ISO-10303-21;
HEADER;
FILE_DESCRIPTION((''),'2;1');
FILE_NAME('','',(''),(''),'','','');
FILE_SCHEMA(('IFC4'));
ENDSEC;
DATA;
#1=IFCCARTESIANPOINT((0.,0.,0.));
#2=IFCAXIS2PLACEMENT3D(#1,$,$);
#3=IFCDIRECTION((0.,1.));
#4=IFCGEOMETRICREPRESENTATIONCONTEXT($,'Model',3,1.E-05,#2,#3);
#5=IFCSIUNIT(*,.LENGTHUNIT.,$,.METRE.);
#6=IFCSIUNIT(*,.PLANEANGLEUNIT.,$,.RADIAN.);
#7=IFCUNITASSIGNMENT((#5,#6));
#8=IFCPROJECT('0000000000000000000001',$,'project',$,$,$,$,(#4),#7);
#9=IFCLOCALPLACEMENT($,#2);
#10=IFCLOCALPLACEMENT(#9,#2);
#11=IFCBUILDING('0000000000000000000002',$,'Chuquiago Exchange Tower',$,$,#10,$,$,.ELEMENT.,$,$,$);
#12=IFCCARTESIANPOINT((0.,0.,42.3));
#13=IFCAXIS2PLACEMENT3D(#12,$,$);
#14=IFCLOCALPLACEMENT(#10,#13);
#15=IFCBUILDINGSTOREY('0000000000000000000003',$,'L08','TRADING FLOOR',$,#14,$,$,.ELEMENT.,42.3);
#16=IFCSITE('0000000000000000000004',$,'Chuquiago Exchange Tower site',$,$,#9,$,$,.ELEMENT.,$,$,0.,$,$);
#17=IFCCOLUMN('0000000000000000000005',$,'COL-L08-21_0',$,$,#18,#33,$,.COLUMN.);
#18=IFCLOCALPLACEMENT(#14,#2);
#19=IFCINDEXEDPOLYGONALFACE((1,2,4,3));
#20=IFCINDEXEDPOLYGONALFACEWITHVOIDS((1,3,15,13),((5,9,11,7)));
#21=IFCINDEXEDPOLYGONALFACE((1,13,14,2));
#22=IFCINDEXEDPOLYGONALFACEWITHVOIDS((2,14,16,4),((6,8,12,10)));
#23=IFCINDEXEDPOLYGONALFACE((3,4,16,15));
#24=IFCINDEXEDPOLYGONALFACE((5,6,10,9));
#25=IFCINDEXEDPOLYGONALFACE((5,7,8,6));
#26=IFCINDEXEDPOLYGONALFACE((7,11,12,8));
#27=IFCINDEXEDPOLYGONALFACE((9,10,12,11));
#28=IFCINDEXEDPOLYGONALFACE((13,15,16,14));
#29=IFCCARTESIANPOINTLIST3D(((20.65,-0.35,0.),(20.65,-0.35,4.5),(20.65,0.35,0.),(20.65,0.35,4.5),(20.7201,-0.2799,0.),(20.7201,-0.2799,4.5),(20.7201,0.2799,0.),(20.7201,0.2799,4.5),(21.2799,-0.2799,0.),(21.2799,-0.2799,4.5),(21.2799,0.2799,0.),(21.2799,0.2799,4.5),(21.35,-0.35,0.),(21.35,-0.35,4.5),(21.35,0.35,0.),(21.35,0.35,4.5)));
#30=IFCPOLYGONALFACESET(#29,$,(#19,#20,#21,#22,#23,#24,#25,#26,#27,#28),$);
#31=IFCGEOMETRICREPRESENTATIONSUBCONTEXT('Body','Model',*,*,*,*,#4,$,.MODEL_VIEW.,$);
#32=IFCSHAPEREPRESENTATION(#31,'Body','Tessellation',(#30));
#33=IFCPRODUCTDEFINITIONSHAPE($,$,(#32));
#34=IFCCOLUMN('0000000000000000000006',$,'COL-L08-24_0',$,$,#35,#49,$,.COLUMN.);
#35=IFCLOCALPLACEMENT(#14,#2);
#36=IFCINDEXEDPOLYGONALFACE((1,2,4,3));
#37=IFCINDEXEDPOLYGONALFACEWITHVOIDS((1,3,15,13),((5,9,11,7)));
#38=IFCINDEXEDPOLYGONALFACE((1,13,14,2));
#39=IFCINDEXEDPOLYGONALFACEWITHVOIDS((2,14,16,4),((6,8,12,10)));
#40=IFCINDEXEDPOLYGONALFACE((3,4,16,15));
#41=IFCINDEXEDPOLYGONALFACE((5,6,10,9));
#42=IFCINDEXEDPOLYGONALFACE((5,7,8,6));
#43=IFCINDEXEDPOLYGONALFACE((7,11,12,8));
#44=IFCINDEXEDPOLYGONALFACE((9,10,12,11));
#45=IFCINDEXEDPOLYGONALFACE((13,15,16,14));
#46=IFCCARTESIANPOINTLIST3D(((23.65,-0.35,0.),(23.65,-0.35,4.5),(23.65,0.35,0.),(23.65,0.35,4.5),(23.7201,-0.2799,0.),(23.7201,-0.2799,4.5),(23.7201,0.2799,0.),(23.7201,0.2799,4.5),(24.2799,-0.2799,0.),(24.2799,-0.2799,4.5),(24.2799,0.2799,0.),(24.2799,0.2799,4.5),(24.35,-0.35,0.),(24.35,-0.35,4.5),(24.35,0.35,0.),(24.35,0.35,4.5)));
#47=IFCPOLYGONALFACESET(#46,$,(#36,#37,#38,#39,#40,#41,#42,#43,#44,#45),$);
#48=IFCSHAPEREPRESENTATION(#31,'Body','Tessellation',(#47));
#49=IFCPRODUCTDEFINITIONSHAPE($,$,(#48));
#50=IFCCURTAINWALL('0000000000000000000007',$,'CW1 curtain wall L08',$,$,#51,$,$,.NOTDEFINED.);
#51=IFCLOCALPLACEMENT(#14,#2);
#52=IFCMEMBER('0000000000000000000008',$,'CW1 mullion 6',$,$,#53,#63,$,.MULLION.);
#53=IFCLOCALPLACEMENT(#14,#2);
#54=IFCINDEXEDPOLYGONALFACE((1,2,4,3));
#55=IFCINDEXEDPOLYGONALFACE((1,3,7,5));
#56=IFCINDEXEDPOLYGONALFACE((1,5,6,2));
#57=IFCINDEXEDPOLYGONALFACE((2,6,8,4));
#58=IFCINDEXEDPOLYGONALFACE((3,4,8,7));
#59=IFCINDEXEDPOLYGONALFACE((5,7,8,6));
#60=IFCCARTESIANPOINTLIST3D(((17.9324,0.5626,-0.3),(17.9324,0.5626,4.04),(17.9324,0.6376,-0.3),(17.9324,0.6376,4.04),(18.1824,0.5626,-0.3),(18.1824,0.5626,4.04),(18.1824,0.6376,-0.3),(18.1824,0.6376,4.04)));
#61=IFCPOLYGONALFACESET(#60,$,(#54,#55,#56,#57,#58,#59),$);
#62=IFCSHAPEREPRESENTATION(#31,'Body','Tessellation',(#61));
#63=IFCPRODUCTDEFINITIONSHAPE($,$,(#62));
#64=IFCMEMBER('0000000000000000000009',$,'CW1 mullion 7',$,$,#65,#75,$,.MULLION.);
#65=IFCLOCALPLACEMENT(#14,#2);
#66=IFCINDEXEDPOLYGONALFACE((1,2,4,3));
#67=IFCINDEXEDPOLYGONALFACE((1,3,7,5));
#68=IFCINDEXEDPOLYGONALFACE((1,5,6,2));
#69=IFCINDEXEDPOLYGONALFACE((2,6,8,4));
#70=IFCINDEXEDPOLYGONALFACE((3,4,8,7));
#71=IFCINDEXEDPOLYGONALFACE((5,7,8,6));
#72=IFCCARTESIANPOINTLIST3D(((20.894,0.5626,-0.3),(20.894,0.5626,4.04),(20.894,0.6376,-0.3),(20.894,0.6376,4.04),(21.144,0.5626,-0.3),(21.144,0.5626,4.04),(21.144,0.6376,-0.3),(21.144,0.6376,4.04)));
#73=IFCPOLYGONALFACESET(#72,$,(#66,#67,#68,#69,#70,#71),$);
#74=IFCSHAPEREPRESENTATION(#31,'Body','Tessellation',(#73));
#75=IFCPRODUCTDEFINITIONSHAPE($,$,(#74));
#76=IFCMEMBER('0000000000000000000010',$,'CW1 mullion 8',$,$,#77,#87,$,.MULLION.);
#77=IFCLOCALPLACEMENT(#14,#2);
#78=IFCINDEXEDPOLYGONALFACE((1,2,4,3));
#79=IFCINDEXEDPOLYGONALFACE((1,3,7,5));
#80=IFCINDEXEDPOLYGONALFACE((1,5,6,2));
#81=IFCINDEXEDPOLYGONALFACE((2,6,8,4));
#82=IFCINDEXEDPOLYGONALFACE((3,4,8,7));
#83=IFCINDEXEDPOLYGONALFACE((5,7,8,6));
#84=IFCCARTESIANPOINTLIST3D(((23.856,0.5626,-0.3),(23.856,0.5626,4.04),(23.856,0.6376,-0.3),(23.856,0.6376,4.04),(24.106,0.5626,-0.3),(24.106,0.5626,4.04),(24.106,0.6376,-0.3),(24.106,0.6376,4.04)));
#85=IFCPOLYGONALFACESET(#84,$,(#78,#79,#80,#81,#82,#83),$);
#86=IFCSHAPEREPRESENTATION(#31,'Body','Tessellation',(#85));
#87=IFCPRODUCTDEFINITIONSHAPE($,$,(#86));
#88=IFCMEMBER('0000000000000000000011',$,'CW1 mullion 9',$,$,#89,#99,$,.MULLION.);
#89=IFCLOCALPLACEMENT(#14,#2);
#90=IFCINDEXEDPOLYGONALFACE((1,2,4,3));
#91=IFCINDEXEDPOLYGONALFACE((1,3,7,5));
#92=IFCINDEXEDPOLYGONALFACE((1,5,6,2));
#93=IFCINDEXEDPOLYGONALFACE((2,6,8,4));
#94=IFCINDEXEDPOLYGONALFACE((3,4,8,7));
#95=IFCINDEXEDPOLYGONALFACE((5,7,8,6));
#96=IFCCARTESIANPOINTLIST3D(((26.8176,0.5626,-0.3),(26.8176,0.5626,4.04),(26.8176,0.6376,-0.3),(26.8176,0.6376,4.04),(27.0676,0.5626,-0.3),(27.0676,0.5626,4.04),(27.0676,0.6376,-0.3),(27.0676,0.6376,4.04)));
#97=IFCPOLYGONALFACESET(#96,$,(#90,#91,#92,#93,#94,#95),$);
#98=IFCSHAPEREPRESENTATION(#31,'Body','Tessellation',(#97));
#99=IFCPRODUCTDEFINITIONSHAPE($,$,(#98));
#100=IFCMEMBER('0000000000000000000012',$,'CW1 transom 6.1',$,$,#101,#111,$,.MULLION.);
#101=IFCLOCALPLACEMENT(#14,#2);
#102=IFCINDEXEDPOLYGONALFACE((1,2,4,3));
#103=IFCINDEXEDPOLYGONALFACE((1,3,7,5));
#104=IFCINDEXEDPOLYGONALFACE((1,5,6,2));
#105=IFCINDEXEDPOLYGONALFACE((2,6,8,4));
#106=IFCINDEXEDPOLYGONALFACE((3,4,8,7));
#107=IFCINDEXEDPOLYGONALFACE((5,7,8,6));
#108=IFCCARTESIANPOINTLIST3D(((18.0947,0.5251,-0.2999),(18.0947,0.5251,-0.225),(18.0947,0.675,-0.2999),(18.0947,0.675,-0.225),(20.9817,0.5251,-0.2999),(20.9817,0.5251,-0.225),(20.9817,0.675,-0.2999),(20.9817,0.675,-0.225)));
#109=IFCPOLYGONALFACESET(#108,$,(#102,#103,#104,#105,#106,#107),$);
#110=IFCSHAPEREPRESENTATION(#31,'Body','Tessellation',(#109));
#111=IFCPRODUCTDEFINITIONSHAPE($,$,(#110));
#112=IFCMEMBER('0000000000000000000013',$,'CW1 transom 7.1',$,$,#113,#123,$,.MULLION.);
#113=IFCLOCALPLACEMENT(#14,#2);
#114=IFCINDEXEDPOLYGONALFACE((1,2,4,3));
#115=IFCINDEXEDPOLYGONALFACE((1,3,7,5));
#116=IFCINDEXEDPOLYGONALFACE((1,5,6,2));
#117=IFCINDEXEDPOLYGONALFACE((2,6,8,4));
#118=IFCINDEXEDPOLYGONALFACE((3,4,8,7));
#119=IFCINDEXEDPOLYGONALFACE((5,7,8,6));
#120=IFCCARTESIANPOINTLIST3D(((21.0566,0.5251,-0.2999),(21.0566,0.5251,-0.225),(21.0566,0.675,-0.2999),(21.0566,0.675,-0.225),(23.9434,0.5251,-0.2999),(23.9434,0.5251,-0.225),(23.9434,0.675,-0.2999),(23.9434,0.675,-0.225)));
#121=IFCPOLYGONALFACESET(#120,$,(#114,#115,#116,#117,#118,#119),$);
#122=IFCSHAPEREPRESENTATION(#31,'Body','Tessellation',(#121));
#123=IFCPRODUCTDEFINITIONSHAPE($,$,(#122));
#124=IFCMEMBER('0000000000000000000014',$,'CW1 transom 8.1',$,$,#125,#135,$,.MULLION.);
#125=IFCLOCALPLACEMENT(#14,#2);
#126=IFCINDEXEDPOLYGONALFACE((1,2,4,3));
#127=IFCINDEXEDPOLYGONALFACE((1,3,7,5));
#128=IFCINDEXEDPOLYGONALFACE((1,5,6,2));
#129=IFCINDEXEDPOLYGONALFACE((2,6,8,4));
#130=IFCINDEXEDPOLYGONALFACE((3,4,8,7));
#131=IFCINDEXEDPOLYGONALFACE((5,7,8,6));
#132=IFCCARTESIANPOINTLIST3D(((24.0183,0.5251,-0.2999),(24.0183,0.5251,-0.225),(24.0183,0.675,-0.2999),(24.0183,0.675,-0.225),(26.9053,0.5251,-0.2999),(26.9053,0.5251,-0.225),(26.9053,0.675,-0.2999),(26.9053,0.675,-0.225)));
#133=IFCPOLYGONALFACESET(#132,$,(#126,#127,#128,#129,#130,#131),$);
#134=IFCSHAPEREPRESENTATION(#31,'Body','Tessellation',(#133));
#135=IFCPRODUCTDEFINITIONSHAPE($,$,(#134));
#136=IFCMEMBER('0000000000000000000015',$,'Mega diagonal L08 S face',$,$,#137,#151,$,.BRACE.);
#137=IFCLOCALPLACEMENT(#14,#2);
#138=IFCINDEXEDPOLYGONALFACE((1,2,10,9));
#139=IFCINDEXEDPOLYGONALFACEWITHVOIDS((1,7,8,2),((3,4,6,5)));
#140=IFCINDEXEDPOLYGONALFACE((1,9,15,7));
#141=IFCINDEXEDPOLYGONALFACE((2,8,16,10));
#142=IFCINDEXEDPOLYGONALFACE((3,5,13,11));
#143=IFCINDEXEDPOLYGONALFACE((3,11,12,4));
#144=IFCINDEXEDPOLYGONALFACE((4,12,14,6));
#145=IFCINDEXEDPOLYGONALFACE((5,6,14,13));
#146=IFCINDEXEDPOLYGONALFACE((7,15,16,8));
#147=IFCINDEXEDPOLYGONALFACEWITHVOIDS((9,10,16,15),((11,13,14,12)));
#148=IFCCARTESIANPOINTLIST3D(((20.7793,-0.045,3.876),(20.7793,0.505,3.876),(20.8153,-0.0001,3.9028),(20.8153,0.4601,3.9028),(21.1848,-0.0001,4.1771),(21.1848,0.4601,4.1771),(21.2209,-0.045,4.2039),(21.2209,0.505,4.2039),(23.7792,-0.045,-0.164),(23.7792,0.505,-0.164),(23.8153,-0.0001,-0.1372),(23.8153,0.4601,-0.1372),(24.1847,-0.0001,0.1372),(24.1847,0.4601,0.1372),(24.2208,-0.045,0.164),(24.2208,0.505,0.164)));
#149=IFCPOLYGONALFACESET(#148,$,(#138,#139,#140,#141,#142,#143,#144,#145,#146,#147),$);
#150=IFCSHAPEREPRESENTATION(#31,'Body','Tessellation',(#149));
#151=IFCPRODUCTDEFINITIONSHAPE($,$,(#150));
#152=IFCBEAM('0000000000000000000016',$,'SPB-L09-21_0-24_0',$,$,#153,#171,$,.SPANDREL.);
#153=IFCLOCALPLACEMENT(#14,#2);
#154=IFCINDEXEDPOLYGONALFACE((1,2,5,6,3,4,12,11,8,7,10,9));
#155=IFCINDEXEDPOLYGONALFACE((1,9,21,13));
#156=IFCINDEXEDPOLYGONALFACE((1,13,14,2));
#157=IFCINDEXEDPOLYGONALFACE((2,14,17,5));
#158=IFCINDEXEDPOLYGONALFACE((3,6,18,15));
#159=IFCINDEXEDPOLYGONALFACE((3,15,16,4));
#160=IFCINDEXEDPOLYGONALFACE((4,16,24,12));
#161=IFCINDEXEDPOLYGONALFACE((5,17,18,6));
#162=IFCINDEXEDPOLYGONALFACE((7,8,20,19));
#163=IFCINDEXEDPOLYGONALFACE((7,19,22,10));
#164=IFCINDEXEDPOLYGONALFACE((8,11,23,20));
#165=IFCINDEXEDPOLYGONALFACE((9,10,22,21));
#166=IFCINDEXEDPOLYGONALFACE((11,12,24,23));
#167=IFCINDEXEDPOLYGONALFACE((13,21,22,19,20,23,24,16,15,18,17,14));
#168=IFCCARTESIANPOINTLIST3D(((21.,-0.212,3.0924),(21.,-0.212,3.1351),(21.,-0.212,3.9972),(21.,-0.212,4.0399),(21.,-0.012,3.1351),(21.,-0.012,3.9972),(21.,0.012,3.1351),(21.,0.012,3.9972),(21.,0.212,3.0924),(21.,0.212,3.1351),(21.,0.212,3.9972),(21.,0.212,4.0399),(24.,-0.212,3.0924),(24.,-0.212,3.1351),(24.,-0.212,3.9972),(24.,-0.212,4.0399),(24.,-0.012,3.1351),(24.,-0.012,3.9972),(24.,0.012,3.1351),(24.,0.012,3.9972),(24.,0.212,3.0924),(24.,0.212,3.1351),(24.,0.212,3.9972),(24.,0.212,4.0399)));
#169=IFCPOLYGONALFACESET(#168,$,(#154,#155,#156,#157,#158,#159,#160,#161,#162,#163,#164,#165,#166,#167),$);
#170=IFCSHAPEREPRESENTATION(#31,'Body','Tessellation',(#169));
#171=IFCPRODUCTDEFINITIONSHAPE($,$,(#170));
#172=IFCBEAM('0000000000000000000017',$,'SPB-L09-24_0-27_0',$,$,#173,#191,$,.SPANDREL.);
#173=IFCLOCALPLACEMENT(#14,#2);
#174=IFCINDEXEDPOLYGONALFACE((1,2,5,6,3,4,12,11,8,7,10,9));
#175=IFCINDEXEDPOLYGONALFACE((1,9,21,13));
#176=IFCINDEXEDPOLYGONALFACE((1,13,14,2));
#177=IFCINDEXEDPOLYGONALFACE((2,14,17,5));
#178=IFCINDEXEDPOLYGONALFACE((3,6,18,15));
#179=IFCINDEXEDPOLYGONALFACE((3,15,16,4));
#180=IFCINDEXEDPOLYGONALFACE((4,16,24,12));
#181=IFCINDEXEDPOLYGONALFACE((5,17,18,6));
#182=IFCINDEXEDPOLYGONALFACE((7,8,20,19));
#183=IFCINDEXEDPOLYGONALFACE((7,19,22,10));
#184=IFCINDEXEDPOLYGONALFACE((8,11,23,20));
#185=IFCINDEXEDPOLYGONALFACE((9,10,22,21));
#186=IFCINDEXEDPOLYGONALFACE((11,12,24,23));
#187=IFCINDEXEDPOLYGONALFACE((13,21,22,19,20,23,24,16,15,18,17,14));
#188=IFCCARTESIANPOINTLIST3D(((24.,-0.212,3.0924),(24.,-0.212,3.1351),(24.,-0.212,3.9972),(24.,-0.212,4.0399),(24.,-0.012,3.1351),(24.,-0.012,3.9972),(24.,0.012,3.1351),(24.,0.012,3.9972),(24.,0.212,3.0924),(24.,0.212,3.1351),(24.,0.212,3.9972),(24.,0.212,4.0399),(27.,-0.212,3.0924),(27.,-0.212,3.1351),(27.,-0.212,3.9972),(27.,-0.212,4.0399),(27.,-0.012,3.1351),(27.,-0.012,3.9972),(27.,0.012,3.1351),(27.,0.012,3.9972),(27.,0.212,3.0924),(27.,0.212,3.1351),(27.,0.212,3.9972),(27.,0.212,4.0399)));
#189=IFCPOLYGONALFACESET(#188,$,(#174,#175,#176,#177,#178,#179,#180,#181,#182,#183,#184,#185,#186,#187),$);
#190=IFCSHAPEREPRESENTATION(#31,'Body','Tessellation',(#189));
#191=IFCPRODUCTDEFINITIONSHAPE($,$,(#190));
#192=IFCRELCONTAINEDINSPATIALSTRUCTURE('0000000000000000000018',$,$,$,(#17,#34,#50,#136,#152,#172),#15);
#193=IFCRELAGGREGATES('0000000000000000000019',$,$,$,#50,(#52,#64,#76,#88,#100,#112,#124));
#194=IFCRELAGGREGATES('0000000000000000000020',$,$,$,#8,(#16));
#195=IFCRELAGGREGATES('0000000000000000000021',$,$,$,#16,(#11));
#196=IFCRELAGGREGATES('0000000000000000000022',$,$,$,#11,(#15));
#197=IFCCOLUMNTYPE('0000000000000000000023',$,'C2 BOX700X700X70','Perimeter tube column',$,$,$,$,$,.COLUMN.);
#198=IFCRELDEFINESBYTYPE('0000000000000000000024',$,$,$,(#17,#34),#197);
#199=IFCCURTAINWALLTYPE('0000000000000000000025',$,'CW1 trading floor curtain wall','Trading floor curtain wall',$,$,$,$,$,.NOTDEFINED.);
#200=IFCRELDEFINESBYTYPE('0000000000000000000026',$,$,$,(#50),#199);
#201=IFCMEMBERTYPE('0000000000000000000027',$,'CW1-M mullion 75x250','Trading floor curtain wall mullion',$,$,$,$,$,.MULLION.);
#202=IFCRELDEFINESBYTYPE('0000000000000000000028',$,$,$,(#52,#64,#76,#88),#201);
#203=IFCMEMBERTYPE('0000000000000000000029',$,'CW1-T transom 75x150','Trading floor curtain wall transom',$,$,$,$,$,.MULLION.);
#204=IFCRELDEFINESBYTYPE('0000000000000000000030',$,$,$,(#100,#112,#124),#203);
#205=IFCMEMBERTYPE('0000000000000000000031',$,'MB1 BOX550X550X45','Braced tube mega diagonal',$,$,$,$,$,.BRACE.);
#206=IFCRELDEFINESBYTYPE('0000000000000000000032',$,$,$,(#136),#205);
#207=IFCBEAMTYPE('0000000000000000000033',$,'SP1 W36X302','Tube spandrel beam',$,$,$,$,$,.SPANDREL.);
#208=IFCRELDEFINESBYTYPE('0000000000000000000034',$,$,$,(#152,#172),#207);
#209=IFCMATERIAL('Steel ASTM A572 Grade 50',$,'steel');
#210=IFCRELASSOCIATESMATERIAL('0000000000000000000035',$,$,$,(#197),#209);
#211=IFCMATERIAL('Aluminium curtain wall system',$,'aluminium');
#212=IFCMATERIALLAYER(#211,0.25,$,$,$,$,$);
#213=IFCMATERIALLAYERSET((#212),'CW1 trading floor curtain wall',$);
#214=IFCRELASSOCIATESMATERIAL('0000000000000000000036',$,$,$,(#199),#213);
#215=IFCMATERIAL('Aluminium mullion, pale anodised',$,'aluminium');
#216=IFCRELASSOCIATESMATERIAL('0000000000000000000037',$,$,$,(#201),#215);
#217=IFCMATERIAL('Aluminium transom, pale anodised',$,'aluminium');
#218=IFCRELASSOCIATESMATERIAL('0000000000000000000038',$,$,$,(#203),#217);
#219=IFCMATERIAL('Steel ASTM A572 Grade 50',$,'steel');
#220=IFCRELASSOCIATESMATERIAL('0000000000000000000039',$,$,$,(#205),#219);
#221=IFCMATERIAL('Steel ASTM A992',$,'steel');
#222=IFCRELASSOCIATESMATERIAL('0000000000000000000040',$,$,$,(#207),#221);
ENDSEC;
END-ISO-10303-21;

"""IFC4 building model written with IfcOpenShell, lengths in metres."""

from ifc_helpers import new_model, si_unit, direction, frame, origin, origin_2d, place, context, subcontext, project, spatial, rectangle, hollow_rectangle, i_section, extrude, material, layer, layer_set, material_profile, profile_set, type_object, element, aggregate, save


model = new_model("IFC4")

# Units and contexts
model_context = context("Model", 3, precision=1e-05, world=origin(), true_north=direction((0.0, 1.0)))
body_context = subcontext(model_context, "Body", "Model", "MODEL_VIEW")
ifc_project = project(units=[si_unit("LENGTHUNIT", "METRE"), si_unit("PLANEANGLEUNIT", "RADIAN")], contexts=[model_context])

# Site, building, storey
site_placement = place(None, origin())
site = spatial("IfcSite", under=ifc_project, at=site_placement, Name="Chuquiago Exchange Tower site", CompositionType="ELEMENT", RefElevation=0.0)
building_placement = place(site_placement, origin())
building = spatial("IfcBuilding", under=site, at=building_placement, Name="Chuquiago Exchange Tower", CompositionType="ELEMENT")
storey_placement = place(building_placement, frame((0.0, 0.0, 42.3)))
storey = spatial("IfcBuildingStorey", under=building, at=storey_placement, Name="L08", Description="TRADING FLOOR", CompositionType="ELEMENT", Elevation=42.3)

# Columns
ifc_material_1 = material(Name="Steel ASTM A572 Grade 50", Category="steel")
ifc_material_profile_1 = material_profile(ifc_material_1, hollow_rectangle(XDim=0.7, YDim=0.7, WallThickness=0.0701, at=origin_2d()), Name="BOX700X700X70")
ifc_profile_set_1 = profile_set([ifc_material_profile_1], Name="Steel ASTM A572 Grade 50")
column_type = type_object("IfcColumnType", Name="C2 BOX700X700X70", Description="Perimeter tube column", PredefinedType="COLUMN", material=ifc_profile_set_1)
for number, where, z_axis, x_axis, name in (
    (1, (21.0, 0.0, 0.0), (0.0, 0.0, 1.0), (0.0, -1.0, 0.0), "COL-L08-21_0"),
    (2, (24.0, 0.0, 0.0), (0.0, 0.0, 1.0), (0.0, -1.0, 0.0), "COL-L08-24_0"),
):
    element("IfcColumn", number, at=place(storey_placement, frame(where, z_axis=z_axis, x_axis=x_axis)), inside=storey, type_object=column_type, Name=name, PredefinedType="COLUMN", context=body_context, shape_type="SweptSolid", body=[
        extrude(hollow_rectangle(XDim=0.7, YDim=0.7, WallThickness=0.0701, at=origin_2d()), origin(), (0.0, 0.0, 1.0), 4.5),
    ])

# Curtain wall, members
ifc_material_2 = material(Name="Aluminium curtain wall system", Category="aluminium")
ifc_layer_1 = layer(ifc_material_2, 0.25)
ifc_layer_set_1 = layer_set([ifc_layer_1], Name="CW1 trading floor curtain wall")
curtain_wall_type = type_object("IfcCurtainWallType", Name="CW1 trading floor curtain wall", Description="Trading floor curtain wall", PredefinedType="NOTDEFINED", material=ifc_layer_set_1)
curtain_wall_placement = place(storey_placement, origin())
curtain_wall = element("IfcCurtainWall", 3, at=curtain_wall_placement, inside=storey, type_object=curtain_wall_type, Name="CW1 curtain wall L08", PredefinedType="NOTDEFINED")
ifc_material_3 = material(Name="Aluminium mullion, pale anodised", Category="aluminium")
ifc_material_profile_2 = material_profile(ifc_material_3, rectangle(XDim=0.075, YDim=0.25, at=origin_2d()), Name="AL 75x250")
ifc_profile_set_2 = profile_set([ifc_material_profile_2], Name="Aluminium mullion, pale anodised")
member_type_1 = type_object("IfcMemberType", Name="CW1-M mullion 75x250", Description="Trading floor curtain wall mullion", PredefinedType="MULLION", material=ifc_profile_set_2)
member_1_placement = place(storey_placement, frame((18.0574, 0.6001, -0.3), z_axis=(0.0, 0.0, 1.0), x_axis=(0.0, 1.0, 0.0)))
member_1 = element("IfcMember", 4, at=member_1_placement, type_object=member_type_1, Name="CW1 mullion 6", PredefinedType="MULLION", context=body_context, shape_type="SweptSolid", body=[
    extrude(rectangle(XDim=0.075, YDim=0.25, at=origin_2d()), origin(), (0.0, 0.0, 1.0), 4.3401),
])
member_2_placement = place(storey_placement, frame((21.019, 0.6001, -0.3), z_axis=(0.0, 0.0, 1.0), x_axis=(0.0, 1.0, 0.0)))
member_2 = element("IfcMember", 5, at=member_2_placement, type_object=member_type_1, Name="CW1 mullion 7", PredefinedType="MULLION", context=body_context, shape_type="SweptSolid", body=[
    extrude(rectangle(XDim=0.075, YDim=0.25, at=origin_2d()), origin(), (0.0, 0.0, 1.0), 4.3401),
])
member_3_placement = place(storey_placement, frame((23.981, 0.6001, -0.3), z_axis=(0.0, 0.0, 1.0), x_axis=(0.0, 1.0, 0.0)))
member_3 = element("IfcMember", 6, at=member_3_placement, type_object=member_type_1, Name="CW1 mullion 8", PredefinedType="MULLION", context=body_context, shape_type="SweptSolid", body=[
    extrude(rectangle(XDim=0.075, YDim=0.25, at=origin_2d()), origin(), (0.0, 0.0, 1.0), 4.3401),
])
member_4_placement = place(storey_placement, frame((26.9426, 0.6001, -0.3), z_axis=(0.0, 0.0, 1.0), x_axis=(0.0, 1.0, 0.0)))
member_4 = element("IfcMember", 7, at=member_4_placement, type_object=member_type_1, Name="CW1 mullion 9", PredefinedType="MULLION", context=body_context, shape_type="SweptSolid", body=[
    extrude(rectangle(XDim=0.075, YDim=0.25, at=origin_2d()), origin(), (0.0, 0.0, 1.0), 4.3401),
])
ifc_material_4 = material(Name="Aluminium transom, pale anodised", Category="aluminium")
ifc_material_profile_3 = material_profile(ifc_material_4, rectangle(XDim=0.1499, YDim=0.075, at=origin_2d()), Name="AL 150x75")
ifc_profile_set_3 = profile_set([ifc_material_profile_3], Name="Aluminium transom, pale anodised")
member_type_2 = type_object("IfcMemberType", Name="CW1-T transom 75x150", Description="Trading floor curtain wall transom", PredefinedType="MULLION", material=ifc_profile_set_3)
member_5_placement = place(storey_placement, frame((18.0947, 0.6001, -0.2625), z_axis=(1.0, 0.0, 0.0), x_axis=(0.0, 1.0, 0.0)))
member_5 = element("IfcMember", 8, at=member_5_placement, type_object=member_type_2, Name="CW1 transom 6.1", PredefinedType="MULLION", context=body_context, shape_type="SweptSolid", body=[
    extrude(rectangle(XDim=0.1499, YDim=0.075, at=origin_2d()), origin(), (0.0, 0.0, 1.0), 2.887),
])
member_6_placement = place(storey_placement, frame((21.0566, 0.6001, -0.2625), z_axis=(1.0, 0.0, 0.0), x_axis=(0.0, 1.0, 0.0)))
member_6 = element("IfcMember", 9, at=member_6_placement, type_object=member_type_2, Name="CW1 transom 7.1", PredefinedType="MULLION", context=body_context, shape_type="SweptSolid", body=[
    extrude(rectangle(XDim=0.1499, YDim=0.075, at=origin_2d()), origin(), (0.0, 0.0, 1.0), 2.8867),
])
member_7_placement = place(storey_placement, frame((24.0183, 0.6001, -0.2625), z_axis=(1.0, 0.0, 0.0), x_axis=(0.0, 1.0, 0.0)))
member_7 = element("IfcMember", 10, at=member_7_placement, type_object=member_type_2, Name="CW1 transom 8.1", PredefinedType="MULLION", context=body_context, shape_type="SweptSolid", body=[
    extrude(rectangle(XDim=0.1499, YDim=0.075, at=origin_2d()), origin(), (0.0, 0.0, 1.0), 2.887),
])

# Member
ifc_material_5 = material(Name="Steel ASTM A572 Grade 50", Category="steel")
ifc_material_profile_4 = material_profile(ifc_material_5, hollow_rectangle(XDim=0.55, YDim=0.55, WallThickness=0.0449, at=origin_2d()), Name="BOX550X550X45")
ifc_profile_set_4 = profile_set([ifc_material_profile_4], Name="Steel ASTM A572 Grade 50")
member_type_3 = type_object("IfcMemberType", Name="MB1 BOX550X550X45", Description="Braced tube mega diagonal", PredefinedType="BRACE", material=ifc_profile_set_4)
member_8_placement = place(storey_placement, frame((24.0, 0.23, 0.0), z_axis=(-0.596174, 0.0, 0.802855), x_axis=(0.0, -1.0, 0.0)))
element("IfcMember", 11, at=member_8_placement, inside=storey, type_object=member_type_3, Name="Mega diagonal L08 S face", PredefinedType="BRACE", context=body_context, shape_type="SweptSolid", body=[
    extrude(hollow_rectangle(XDim=0.55, YDim=0.55, WallThickness=0.0449, at=origin_2d()), origin(), (0.0, 0.0, 1.0), 5.032),
])

# Beams
ifc_material_6 = material(Name="Steel ASTM A992", Category="steel")
ifc_material_profile_5 = material_profile(ifc_material_6, i_section(OverallWidth=0.4241, OverallDepth=0.9475, WebThickness=0.0239, FlangeThickness=0.0427, at=origin_2d()), Name="W36X302")
ifc_profile_set_5 = profile_set([ifc_material_profile_5], Name="Steel ASTM A992")
beam_type = type_object("IfcBeamType", Name="SP1 W36X302", Description="Tube spandrel beam", PredefinedType="SPANDREL", material=ifc_profile_set_5)
for number, where, z_axis, x_axis, name in (
    (12, (21.0, 0.0, 3.5662), (1.0, 0.0, 0.0), (0.0, 1.0, 0.0), "SPB-L09-21_0-24_0"),
    (13, (24.0, 0.0, 3.5662), (1.0, 0.0, 0.0), (0.0, 1.0, 0.0), "SPB-L09-24_0-27_0"),
):
    element("IfcBeam", number, at=place(storey_placement, frame(where, z_axis=z_axis, x_axis=x_axis)), inside=storey, type_object=beam_type, Name=name, PredefinedType="SPANDREL", context=body_context, shape_type="SweptSolid", body=[
        extrude(i_section(OverallWidth=0.4241, OverallDepth=0.9475, WebThickness=0.0239, FlangeThickness=0.0427, at=origin_2d()), origin(), (0.0, 0.0, 1.0), 3.0),
    ])

aggregate(curtain_wall, [member_1, member_2, member_3, member_4, member_5, member_6, member_7])

save(model, "model.ifc")
